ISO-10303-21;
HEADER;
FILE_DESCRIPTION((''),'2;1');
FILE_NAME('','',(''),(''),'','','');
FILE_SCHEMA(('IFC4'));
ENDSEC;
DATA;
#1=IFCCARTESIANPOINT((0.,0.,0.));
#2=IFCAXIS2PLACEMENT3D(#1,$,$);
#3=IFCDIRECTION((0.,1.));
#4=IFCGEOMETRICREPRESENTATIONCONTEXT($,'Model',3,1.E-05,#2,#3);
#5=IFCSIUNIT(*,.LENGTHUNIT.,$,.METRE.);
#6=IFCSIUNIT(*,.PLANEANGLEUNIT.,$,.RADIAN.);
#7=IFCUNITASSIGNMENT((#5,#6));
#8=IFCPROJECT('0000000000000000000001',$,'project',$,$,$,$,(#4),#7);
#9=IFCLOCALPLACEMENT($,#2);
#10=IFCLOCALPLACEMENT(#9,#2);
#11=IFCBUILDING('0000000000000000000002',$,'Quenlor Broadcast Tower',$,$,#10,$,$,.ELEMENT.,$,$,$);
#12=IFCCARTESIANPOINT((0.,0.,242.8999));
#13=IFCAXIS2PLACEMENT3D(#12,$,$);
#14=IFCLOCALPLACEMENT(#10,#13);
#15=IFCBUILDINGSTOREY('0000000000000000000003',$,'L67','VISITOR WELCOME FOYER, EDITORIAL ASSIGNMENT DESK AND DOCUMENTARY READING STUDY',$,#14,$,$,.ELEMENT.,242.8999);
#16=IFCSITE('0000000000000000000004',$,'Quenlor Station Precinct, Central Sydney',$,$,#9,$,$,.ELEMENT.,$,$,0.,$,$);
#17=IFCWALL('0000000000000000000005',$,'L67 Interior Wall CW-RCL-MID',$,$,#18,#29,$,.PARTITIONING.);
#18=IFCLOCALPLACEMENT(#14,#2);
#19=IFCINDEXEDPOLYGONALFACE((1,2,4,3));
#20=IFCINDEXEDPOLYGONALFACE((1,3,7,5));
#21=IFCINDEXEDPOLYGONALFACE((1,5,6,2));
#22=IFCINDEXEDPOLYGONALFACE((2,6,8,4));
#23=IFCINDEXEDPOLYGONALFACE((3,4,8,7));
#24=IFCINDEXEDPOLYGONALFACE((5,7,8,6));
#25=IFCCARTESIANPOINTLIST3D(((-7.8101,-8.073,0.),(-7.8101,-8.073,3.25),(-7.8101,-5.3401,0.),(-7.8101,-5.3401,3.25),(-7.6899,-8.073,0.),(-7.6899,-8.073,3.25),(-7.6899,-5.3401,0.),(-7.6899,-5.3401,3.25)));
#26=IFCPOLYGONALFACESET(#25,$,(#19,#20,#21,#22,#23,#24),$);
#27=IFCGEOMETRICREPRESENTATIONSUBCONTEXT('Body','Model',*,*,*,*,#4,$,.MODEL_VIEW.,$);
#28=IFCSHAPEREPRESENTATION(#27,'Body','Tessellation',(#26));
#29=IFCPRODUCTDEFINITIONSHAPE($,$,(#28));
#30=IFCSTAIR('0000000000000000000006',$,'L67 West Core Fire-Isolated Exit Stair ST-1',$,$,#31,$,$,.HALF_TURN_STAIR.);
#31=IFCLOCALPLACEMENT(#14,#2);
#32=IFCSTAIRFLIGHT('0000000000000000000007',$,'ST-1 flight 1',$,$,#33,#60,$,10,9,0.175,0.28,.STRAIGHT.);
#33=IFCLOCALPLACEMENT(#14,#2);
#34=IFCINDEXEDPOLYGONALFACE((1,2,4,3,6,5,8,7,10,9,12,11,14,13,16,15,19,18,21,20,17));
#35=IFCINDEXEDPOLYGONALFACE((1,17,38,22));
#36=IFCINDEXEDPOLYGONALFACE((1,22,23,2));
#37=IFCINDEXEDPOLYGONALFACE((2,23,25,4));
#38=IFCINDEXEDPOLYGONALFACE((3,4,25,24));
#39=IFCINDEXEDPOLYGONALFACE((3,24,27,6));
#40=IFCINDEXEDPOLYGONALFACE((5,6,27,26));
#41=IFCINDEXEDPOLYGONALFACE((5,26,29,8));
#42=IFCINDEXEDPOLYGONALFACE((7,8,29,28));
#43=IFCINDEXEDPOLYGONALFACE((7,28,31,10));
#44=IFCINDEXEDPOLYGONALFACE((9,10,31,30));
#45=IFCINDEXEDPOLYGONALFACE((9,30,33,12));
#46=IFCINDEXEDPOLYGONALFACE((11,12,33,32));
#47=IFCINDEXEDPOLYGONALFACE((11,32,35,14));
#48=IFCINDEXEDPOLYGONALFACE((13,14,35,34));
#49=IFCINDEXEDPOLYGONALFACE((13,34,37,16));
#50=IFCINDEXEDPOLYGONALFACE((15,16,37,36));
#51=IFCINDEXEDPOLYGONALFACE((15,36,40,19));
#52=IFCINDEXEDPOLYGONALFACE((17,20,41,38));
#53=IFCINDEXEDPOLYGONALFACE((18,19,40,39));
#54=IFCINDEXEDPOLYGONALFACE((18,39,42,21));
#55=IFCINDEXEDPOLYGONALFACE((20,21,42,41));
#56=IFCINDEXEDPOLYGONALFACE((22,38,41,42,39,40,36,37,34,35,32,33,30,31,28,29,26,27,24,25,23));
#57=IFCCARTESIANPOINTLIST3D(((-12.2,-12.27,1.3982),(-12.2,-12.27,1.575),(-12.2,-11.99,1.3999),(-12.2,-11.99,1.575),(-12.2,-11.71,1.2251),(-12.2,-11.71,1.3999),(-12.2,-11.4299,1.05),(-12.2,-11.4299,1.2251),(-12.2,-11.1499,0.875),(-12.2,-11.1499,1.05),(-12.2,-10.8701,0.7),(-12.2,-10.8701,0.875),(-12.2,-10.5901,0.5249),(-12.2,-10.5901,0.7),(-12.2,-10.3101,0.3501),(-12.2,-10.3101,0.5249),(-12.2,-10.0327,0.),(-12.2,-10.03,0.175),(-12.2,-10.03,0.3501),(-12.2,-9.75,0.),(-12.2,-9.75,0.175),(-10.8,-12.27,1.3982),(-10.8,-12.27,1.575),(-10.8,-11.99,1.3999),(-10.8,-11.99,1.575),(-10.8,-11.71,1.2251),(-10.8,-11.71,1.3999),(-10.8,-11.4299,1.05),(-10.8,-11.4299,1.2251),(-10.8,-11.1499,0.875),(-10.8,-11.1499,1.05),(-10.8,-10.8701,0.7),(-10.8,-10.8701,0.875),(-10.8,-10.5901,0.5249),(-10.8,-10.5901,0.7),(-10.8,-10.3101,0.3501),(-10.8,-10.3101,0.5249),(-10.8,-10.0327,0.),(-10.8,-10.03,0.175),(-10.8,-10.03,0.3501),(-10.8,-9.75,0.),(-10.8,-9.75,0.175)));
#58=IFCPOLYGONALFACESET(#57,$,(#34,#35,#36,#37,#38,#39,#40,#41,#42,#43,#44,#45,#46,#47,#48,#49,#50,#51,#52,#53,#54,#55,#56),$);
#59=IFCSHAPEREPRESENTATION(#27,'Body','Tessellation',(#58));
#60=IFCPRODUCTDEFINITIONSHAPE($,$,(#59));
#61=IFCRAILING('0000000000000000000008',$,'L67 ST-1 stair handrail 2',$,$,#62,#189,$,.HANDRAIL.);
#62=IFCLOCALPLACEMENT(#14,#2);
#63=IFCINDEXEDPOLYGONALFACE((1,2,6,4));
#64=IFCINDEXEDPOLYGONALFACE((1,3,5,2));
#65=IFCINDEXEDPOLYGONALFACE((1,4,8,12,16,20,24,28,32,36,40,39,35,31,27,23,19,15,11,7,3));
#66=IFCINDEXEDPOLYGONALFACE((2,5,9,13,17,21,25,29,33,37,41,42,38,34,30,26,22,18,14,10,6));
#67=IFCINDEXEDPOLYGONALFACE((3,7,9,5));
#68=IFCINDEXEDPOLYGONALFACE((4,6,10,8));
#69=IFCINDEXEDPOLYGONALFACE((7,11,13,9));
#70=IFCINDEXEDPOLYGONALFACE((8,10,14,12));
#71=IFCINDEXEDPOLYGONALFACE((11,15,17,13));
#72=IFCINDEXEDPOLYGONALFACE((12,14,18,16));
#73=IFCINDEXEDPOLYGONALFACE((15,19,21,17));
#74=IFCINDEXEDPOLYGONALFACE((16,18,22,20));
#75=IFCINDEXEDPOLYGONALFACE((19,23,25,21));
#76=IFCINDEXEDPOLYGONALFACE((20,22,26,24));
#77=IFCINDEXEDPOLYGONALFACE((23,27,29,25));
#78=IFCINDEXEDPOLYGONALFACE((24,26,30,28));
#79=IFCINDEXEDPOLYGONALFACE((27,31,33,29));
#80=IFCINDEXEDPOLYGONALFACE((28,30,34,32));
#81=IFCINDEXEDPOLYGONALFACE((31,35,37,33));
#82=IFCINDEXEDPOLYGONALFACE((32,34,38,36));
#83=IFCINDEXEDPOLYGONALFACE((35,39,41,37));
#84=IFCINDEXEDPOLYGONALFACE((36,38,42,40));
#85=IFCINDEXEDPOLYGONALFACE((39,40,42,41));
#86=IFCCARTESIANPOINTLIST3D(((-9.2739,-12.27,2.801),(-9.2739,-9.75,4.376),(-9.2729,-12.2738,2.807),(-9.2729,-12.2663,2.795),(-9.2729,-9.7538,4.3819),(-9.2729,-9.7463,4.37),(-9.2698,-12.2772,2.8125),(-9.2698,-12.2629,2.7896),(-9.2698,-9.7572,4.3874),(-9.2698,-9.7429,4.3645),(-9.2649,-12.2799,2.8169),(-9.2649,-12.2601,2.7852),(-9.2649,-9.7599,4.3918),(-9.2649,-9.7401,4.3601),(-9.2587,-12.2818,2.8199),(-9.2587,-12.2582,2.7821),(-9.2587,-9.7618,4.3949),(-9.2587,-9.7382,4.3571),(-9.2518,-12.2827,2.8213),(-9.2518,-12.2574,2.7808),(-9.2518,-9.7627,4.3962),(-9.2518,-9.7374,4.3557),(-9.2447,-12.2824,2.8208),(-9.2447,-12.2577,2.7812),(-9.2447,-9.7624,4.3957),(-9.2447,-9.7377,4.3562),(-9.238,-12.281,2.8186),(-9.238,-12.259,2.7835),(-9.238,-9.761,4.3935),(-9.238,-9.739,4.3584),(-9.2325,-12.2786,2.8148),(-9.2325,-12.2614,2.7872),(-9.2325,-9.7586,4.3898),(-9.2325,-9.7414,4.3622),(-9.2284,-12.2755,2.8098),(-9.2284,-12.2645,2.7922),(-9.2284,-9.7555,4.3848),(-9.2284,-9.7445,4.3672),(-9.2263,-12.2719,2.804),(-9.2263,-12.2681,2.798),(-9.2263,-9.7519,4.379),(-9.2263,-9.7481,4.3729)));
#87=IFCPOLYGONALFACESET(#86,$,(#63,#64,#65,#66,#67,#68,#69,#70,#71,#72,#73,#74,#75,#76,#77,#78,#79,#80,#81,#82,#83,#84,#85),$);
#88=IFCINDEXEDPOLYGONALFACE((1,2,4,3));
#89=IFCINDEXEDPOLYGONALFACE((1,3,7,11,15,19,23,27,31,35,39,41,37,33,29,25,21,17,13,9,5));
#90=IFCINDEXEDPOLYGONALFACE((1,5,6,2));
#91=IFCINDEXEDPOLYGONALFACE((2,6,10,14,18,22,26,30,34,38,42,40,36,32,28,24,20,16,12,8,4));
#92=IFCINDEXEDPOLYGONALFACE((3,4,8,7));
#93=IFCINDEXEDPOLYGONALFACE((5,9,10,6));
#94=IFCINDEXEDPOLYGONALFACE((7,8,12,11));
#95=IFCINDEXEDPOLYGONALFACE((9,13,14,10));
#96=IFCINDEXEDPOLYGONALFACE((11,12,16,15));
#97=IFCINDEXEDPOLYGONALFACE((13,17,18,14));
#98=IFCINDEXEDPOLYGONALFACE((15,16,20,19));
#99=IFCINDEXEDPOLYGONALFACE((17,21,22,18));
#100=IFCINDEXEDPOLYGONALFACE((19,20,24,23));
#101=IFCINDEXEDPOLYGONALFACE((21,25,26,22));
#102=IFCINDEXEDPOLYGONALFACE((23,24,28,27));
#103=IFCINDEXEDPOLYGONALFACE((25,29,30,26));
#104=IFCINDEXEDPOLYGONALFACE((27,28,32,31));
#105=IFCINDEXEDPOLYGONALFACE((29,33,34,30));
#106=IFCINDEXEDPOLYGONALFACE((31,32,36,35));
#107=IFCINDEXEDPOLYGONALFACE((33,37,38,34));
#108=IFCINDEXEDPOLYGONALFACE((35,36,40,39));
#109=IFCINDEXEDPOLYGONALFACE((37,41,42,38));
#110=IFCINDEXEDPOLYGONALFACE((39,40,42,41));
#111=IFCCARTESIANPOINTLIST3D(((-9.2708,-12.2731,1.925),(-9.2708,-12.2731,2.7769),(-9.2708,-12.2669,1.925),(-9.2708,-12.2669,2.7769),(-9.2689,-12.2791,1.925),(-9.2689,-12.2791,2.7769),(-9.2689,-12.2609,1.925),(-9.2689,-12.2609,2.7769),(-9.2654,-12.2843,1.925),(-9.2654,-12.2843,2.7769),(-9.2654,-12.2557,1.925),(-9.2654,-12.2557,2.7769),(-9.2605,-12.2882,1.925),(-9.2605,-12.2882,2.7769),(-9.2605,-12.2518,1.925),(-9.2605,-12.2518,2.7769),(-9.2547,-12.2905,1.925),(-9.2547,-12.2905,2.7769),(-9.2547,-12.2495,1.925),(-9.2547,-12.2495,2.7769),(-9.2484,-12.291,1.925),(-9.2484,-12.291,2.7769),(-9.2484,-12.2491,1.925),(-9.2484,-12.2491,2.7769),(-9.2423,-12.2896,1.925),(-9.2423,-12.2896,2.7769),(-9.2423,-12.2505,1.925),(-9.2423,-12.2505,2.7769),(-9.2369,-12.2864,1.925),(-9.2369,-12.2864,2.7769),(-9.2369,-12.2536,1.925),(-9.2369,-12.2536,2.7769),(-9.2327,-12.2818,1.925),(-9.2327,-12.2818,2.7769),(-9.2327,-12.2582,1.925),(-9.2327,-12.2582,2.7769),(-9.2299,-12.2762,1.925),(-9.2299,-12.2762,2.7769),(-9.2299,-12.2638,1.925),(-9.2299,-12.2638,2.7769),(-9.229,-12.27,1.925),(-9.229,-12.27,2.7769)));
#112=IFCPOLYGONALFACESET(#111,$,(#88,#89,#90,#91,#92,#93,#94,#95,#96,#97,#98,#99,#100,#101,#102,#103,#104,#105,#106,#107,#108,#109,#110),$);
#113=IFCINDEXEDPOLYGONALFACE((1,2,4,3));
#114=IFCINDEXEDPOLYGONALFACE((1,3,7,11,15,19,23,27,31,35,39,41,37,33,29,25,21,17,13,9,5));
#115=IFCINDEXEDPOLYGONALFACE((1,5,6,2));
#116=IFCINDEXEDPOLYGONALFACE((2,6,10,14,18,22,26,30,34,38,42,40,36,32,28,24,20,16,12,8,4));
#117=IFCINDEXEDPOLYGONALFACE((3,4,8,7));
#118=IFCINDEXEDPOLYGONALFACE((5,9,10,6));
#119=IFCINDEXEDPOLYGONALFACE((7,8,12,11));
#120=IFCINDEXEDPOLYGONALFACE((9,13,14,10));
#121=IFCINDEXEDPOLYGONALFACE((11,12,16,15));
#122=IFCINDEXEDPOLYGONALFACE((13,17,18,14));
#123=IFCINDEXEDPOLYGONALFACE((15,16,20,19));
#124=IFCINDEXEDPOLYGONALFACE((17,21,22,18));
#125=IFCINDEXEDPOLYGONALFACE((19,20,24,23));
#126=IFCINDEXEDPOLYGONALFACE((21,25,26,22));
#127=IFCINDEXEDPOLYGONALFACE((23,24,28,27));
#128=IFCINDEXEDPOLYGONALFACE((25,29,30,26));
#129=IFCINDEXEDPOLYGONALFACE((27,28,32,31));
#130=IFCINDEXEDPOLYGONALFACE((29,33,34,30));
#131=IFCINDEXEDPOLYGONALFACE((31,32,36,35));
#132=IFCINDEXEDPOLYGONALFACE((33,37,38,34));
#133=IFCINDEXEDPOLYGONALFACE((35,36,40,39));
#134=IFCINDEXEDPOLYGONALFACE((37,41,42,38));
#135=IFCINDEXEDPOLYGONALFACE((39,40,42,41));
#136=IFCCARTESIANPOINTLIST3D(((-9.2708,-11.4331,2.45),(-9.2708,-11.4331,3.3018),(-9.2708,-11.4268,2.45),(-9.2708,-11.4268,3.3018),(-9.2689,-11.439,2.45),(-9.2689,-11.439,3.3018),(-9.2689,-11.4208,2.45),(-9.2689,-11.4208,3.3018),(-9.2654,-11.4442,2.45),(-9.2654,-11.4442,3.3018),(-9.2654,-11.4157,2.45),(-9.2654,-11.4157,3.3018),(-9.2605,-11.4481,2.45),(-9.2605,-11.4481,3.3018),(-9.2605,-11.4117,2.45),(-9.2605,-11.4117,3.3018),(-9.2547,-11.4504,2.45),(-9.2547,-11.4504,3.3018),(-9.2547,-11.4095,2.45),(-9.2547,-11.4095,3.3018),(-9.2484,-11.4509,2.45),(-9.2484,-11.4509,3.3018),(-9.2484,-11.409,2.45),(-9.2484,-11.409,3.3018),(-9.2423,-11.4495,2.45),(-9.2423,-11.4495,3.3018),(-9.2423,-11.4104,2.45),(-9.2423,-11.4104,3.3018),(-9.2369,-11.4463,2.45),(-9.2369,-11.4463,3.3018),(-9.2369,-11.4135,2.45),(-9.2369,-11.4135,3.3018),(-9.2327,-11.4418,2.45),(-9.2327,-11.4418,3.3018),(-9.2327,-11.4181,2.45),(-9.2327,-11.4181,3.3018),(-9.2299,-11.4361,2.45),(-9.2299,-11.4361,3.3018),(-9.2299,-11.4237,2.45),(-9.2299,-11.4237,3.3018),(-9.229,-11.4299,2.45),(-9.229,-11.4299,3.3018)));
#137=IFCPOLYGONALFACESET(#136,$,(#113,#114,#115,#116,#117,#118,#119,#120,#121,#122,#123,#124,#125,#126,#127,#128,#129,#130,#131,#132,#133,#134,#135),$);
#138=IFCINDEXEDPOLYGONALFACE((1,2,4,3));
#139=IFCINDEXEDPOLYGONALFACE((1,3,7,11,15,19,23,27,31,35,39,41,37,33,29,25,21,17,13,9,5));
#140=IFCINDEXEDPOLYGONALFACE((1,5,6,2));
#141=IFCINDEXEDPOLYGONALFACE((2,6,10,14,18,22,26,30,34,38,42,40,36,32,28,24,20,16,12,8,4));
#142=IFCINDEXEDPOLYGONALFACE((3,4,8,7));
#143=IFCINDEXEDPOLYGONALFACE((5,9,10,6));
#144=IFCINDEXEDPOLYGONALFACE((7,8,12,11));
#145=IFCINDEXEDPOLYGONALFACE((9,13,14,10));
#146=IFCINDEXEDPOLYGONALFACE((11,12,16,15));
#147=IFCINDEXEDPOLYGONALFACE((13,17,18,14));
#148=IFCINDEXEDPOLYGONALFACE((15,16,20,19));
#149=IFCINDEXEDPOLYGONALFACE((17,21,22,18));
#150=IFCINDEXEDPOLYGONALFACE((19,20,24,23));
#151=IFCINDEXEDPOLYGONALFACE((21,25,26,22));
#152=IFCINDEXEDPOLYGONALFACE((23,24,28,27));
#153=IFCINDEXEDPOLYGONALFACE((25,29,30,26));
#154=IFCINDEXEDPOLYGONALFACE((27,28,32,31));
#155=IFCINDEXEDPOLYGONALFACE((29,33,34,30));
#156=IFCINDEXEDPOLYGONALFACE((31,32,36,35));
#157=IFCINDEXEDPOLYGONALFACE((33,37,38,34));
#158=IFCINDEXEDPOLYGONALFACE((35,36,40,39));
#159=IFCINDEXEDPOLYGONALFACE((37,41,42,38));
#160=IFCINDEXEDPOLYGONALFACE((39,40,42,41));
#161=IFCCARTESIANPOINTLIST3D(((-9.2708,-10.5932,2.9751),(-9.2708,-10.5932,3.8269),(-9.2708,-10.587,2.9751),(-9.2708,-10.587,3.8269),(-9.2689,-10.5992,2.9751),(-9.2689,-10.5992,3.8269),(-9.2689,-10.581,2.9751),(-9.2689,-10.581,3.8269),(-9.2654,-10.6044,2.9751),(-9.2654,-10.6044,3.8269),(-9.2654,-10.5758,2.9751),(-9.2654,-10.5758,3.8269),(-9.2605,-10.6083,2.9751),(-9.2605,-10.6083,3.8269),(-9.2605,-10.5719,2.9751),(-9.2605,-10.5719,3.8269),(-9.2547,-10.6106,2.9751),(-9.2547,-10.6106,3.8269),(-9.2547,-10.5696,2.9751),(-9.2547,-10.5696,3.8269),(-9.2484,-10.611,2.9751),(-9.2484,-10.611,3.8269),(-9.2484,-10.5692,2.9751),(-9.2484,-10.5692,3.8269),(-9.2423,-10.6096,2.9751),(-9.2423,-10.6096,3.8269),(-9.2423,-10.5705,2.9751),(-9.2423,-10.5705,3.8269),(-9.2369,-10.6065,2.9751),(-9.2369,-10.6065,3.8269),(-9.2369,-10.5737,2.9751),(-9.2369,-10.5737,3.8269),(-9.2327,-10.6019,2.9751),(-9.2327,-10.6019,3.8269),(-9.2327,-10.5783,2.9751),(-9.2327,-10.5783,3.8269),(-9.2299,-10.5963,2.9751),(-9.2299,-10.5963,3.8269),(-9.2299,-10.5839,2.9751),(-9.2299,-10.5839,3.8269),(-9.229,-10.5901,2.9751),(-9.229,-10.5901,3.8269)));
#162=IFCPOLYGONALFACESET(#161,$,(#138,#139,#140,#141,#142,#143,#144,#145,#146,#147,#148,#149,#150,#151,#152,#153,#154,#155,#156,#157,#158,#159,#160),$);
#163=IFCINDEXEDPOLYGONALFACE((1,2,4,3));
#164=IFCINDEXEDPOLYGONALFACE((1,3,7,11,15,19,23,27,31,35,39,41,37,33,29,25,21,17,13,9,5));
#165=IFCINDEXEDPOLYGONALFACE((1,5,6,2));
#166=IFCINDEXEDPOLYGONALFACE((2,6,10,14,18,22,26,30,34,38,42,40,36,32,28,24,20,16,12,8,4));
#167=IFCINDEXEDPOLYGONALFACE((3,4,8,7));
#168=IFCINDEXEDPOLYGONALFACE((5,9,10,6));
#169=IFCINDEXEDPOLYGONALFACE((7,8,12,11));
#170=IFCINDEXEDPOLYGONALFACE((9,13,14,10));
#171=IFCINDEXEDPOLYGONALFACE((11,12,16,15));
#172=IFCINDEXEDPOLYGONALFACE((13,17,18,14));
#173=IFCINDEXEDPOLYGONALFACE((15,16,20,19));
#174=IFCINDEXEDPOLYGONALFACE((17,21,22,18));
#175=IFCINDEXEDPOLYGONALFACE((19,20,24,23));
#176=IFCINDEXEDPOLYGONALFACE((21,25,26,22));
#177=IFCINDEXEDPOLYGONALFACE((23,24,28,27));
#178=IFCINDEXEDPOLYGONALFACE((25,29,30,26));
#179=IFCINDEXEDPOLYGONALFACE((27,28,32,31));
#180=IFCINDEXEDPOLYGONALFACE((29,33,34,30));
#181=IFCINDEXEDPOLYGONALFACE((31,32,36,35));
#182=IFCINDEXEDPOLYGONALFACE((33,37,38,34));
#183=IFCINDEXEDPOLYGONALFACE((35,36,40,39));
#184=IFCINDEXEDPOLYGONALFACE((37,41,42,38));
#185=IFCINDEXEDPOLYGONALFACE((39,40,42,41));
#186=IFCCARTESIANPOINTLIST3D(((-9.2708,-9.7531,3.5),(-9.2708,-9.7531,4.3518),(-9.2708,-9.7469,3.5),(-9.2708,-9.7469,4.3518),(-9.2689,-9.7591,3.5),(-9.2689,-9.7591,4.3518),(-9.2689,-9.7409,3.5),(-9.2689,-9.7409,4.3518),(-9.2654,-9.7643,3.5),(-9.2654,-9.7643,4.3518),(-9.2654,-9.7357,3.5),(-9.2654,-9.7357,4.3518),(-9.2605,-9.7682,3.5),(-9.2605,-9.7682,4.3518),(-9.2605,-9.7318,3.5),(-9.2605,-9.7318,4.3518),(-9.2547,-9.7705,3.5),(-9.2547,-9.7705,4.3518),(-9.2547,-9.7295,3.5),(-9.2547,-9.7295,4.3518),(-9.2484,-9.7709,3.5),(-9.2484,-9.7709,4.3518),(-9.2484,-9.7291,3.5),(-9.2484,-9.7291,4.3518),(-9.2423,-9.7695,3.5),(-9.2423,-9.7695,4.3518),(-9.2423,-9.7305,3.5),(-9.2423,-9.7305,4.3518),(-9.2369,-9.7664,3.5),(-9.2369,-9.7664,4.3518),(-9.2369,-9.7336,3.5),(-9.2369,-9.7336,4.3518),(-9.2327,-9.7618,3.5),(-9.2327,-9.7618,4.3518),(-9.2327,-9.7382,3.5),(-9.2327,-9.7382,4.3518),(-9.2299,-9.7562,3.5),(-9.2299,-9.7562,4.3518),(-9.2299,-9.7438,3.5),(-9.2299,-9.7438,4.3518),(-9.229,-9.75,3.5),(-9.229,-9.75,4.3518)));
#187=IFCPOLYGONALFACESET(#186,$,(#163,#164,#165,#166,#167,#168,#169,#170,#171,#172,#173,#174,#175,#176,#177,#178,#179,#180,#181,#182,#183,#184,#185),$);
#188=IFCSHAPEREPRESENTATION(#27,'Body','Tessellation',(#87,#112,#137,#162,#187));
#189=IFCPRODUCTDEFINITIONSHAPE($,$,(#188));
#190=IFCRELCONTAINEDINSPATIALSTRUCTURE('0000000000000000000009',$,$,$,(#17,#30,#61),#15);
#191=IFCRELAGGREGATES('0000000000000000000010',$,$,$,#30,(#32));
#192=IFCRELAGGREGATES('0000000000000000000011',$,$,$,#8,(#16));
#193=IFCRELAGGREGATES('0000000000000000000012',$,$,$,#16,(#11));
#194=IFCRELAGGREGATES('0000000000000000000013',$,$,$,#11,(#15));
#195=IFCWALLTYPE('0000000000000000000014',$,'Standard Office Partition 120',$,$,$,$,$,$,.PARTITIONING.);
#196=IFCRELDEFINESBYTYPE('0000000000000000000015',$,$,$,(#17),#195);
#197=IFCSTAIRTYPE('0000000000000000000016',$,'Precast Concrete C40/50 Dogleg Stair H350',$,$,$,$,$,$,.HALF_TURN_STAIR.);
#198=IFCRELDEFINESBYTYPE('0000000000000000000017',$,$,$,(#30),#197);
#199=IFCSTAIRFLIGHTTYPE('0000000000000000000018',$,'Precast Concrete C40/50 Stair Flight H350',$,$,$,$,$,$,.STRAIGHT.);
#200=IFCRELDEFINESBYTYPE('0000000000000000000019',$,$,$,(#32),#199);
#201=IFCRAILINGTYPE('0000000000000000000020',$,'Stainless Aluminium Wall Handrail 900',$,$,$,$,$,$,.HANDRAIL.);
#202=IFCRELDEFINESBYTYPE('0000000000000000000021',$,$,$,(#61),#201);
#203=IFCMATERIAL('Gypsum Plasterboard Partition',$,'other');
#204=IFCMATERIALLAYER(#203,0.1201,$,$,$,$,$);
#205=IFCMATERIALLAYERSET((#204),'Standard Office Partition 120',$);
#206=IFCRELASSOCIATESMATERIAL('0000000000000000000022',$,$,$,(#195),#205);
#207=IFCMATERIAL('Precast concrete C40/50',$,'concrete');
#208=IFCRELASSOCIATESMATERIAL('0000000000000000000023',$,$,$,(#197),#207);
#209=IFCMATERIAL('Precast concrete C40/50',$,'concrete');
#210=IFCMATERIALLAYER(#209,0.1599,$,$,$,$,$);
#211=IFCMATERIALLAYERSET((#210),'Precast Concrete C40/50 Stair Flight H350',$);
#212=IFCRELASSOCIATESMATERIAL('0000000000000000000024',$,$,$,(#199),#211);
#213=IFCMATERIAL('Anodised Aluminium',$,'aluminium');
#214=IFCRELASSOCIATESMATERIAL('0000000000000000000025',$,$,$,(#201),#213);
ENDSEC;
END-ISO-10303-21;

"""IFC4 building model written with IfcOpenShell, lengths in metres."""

from ifc_helpers import new_model, si_unit, direction, frame, frame_2d, origin, origin_2d, place, context, subcontext, project, spatial, polyline, rectangle, circle, outline, extrude, material, layer, layer_set, type_object, element, aggregate, save


model = new_model("IFC4")

# Units and contexts
model_context = context("Model", 3, precision=1e-05, world=origin(), true_north=direction((0.0, 1.0)))
body_context = subcontext(model_context, "Body", "Model", "MODEL_VIEW")
ifc_project = project(units=[si_unit("LENGTHUNIT", "METRE"), si_unit("PLANEANGLEUNIT", "RADIAN")], contexts=[model_context])

# Site, building, storey
site_placement = place(None, origin())
site = spatial("IfcSite", under=ifc_project, at=site_placement, Name="Quenlor Station Precinct, Central Sydney", CompositionType="ELEMENT", RefElevation=0.0)
building_placement = place(site_placement, origin())
building = spatial("IfcBuilding", under=site, at=building_placement, Name="Quenlor Broadcast Tower", CompositionType="ELEMENT")
storey_placement = place(building_placement, frame((0.0, 0.0, 242.8999)))
storey = spatial("IfcBuildingStorey", under=building, at=storey_placement, Name="L67", Description="VISITOR WELCOME FOYER, EDITORIAL ASSIGNMENT DESK AND DOCUMENTARY READING STUDY", CompositionType="ELEMENT", Elevation=242.8999)

# Wall
ifc_material_1 = material(Name="Gypsum Plasterboard Partition", Category="other")
ifc_layer_1 = layer(ifc_material_1, 0.1201)
ifc_layer_set_1 = layer_set([ifc_layer_1], Name="Standard Office Partition 120")
wall_type_1 = type_object("IfcWallType", Name="Standard Office Partition 120", PredefinedType="PARTITIONING", material=ifc_layer_set_1)
wall_1_placement = place(storey_placement, frame((-7.75, -8.073, 0.0), z_axis=(0.0, 0.0, 1.0), x_axis=(0.0, 1.0, 0.0)))
element("IfcWall", 1, at=wall_1_placement, inside=storey, type_object=wall_type_1, Name="L67 Interior Wall CW-RCL-MID", PredefinedType="PARTITIONING", context=body_context, shape_type="SweptSolid", body=[
    extrude(rectangle(XDim=2.7329, YDim=0.1201, at=frame_2d((1.3665, 0.0))), origin(), (0.0, 0.0, 1.0), 3.25),
])

# Stair, stair flight
ifc_material_2 = material(Name="Precast concrete C40/50", Category="concrete")
stair_type = type_object("IfcStairType", Name="Precast Concrete C40/50 Dogleg Stair H350", PredefinedType="HALF_TURN_STAIR", material=ifc_material_2)
stair_placement = place(storey_placement, origin())
stair = element("IfcStair", 2, at=stair_placement, inside=storey, type_object=stair_type, Name="L67 West Core Fire-Isolated Exit Stair ST-1", PredefinedType="HALF_TURN_STAIR")
ifc_material_3 = material(Name="Precast concrete C40/50", Category="concrete")
ifc_layer_2 = layer(ifc_material_3, 0.1599)
ifc_layer_set_2 = layer_set([ifc_layer_2], Name="Precast Concrete C40/50 Stair Flight H350")
stair_flight_type = type_object("IfcStairFlightType", Name="Precast Concrete C40/50 Stair Flight H350", PredefinedType="STRAIGHT", material=ifc_layer_set_2)
stair_flight_placement = place(storey_placement, frame((-11.5, -9.75, 0.0), z_axis=(0.0, 0.0, 1.0), x_axis=(0.0, -1.0, 0.0)))
stair_flight = element("IfcStairFlight", 3, at=stair_flight_placement, type_object=stair_flight_type, Name="ST-1 flight 1", NumberOfRisers=10, NumberOfTreads=9, PredefinedType="STRAIGHT", RiserHeight=0.175, TreadLength=0.28, context=body_context, shape_type="SweptSolid", body=[
    extrude(outline(polyline([(0.0, 0.0), (0.0, 0.175), (0.28, 0.175), (0.28, 0.3501), (0.5601, 0.3501), (0.5601, 0.5249), (0.8401, 0.5249), (0.8401, 0.7), (1.1201, 0.7), (1.1201, 0.875), (1.3999, 0.875), (1.3999, 1.05), (1.6799, 1.05), (1.6799, 1.2251), (1.96, 1.2251), (1.96, 1.3999), (2.24, 1.3999), (2.24, 1.575), (2.52, 1.575), (2.52, 1.75), (2.52, 1.3982), (0.2827, 0.0), (0.0, 0.0)])), frame((0.0, 0.7, 0.0), z_axis=(0.0, -1.0, 0.0), x_axis=(1.0, 0.0, 0.0)), (0.0, 0.0, 1.0), 1.3999),
])
aggregate(stair, [stair_flight])

# Railing
ifc_material_4 = material(Name="Anodised Aluminium", Category="aluminium")
railing_type_1 = type_object("IfcRailingType", Name="Stainless Aluminium Wall Handrail 900", PredefinedType="HANDRAIL", material=ifc_material_4)
railing_1_placement = place(storey_placement, frame((-9.25, -12.27, 1.925)))
element("IfcRailing", 4, at=railing_1_placement, inside=storey, type_object=railing_type_1, Name="L67 ST-1 stair handrail 2", PredefinedType="HANDRAIL", context=body_context, shape_type="SweptSolid", body=[
    extrude(circle(Radius=0.0239, at=origin_2d()), frame((0.0, 0.0, 0.876), z_axis=(0.0, 0.848008, 0.529984), x_axis=(-1.0, 0.0, 0.0)), (0.0, 0.0, 1.0), 2.9717),
    extrude(circle(Radius=0.021, at=origin_2d()), origin(), (0.0, 0.0, 1.0), 0.8518),
    extrude(circle(Radius=0.021, at=origin_2d()), frame((0.0, 0.8401, 0.5249)), (0.0, 0.0, 1.0), 0.8518),
    extrude(circle(Radius=0.021, at=origin_2d()), frame((0.0, 1.6799, 1.05)), (0.0, 0.0, 1.0), 0.8518),
    extrude(circle(Radius=0.021, at=origin_2d()), frame((0.0, 2.52, 1.575)), (0.0, 0.0, 1.0), 0.8518),
])

save(model, "model.ifc")
